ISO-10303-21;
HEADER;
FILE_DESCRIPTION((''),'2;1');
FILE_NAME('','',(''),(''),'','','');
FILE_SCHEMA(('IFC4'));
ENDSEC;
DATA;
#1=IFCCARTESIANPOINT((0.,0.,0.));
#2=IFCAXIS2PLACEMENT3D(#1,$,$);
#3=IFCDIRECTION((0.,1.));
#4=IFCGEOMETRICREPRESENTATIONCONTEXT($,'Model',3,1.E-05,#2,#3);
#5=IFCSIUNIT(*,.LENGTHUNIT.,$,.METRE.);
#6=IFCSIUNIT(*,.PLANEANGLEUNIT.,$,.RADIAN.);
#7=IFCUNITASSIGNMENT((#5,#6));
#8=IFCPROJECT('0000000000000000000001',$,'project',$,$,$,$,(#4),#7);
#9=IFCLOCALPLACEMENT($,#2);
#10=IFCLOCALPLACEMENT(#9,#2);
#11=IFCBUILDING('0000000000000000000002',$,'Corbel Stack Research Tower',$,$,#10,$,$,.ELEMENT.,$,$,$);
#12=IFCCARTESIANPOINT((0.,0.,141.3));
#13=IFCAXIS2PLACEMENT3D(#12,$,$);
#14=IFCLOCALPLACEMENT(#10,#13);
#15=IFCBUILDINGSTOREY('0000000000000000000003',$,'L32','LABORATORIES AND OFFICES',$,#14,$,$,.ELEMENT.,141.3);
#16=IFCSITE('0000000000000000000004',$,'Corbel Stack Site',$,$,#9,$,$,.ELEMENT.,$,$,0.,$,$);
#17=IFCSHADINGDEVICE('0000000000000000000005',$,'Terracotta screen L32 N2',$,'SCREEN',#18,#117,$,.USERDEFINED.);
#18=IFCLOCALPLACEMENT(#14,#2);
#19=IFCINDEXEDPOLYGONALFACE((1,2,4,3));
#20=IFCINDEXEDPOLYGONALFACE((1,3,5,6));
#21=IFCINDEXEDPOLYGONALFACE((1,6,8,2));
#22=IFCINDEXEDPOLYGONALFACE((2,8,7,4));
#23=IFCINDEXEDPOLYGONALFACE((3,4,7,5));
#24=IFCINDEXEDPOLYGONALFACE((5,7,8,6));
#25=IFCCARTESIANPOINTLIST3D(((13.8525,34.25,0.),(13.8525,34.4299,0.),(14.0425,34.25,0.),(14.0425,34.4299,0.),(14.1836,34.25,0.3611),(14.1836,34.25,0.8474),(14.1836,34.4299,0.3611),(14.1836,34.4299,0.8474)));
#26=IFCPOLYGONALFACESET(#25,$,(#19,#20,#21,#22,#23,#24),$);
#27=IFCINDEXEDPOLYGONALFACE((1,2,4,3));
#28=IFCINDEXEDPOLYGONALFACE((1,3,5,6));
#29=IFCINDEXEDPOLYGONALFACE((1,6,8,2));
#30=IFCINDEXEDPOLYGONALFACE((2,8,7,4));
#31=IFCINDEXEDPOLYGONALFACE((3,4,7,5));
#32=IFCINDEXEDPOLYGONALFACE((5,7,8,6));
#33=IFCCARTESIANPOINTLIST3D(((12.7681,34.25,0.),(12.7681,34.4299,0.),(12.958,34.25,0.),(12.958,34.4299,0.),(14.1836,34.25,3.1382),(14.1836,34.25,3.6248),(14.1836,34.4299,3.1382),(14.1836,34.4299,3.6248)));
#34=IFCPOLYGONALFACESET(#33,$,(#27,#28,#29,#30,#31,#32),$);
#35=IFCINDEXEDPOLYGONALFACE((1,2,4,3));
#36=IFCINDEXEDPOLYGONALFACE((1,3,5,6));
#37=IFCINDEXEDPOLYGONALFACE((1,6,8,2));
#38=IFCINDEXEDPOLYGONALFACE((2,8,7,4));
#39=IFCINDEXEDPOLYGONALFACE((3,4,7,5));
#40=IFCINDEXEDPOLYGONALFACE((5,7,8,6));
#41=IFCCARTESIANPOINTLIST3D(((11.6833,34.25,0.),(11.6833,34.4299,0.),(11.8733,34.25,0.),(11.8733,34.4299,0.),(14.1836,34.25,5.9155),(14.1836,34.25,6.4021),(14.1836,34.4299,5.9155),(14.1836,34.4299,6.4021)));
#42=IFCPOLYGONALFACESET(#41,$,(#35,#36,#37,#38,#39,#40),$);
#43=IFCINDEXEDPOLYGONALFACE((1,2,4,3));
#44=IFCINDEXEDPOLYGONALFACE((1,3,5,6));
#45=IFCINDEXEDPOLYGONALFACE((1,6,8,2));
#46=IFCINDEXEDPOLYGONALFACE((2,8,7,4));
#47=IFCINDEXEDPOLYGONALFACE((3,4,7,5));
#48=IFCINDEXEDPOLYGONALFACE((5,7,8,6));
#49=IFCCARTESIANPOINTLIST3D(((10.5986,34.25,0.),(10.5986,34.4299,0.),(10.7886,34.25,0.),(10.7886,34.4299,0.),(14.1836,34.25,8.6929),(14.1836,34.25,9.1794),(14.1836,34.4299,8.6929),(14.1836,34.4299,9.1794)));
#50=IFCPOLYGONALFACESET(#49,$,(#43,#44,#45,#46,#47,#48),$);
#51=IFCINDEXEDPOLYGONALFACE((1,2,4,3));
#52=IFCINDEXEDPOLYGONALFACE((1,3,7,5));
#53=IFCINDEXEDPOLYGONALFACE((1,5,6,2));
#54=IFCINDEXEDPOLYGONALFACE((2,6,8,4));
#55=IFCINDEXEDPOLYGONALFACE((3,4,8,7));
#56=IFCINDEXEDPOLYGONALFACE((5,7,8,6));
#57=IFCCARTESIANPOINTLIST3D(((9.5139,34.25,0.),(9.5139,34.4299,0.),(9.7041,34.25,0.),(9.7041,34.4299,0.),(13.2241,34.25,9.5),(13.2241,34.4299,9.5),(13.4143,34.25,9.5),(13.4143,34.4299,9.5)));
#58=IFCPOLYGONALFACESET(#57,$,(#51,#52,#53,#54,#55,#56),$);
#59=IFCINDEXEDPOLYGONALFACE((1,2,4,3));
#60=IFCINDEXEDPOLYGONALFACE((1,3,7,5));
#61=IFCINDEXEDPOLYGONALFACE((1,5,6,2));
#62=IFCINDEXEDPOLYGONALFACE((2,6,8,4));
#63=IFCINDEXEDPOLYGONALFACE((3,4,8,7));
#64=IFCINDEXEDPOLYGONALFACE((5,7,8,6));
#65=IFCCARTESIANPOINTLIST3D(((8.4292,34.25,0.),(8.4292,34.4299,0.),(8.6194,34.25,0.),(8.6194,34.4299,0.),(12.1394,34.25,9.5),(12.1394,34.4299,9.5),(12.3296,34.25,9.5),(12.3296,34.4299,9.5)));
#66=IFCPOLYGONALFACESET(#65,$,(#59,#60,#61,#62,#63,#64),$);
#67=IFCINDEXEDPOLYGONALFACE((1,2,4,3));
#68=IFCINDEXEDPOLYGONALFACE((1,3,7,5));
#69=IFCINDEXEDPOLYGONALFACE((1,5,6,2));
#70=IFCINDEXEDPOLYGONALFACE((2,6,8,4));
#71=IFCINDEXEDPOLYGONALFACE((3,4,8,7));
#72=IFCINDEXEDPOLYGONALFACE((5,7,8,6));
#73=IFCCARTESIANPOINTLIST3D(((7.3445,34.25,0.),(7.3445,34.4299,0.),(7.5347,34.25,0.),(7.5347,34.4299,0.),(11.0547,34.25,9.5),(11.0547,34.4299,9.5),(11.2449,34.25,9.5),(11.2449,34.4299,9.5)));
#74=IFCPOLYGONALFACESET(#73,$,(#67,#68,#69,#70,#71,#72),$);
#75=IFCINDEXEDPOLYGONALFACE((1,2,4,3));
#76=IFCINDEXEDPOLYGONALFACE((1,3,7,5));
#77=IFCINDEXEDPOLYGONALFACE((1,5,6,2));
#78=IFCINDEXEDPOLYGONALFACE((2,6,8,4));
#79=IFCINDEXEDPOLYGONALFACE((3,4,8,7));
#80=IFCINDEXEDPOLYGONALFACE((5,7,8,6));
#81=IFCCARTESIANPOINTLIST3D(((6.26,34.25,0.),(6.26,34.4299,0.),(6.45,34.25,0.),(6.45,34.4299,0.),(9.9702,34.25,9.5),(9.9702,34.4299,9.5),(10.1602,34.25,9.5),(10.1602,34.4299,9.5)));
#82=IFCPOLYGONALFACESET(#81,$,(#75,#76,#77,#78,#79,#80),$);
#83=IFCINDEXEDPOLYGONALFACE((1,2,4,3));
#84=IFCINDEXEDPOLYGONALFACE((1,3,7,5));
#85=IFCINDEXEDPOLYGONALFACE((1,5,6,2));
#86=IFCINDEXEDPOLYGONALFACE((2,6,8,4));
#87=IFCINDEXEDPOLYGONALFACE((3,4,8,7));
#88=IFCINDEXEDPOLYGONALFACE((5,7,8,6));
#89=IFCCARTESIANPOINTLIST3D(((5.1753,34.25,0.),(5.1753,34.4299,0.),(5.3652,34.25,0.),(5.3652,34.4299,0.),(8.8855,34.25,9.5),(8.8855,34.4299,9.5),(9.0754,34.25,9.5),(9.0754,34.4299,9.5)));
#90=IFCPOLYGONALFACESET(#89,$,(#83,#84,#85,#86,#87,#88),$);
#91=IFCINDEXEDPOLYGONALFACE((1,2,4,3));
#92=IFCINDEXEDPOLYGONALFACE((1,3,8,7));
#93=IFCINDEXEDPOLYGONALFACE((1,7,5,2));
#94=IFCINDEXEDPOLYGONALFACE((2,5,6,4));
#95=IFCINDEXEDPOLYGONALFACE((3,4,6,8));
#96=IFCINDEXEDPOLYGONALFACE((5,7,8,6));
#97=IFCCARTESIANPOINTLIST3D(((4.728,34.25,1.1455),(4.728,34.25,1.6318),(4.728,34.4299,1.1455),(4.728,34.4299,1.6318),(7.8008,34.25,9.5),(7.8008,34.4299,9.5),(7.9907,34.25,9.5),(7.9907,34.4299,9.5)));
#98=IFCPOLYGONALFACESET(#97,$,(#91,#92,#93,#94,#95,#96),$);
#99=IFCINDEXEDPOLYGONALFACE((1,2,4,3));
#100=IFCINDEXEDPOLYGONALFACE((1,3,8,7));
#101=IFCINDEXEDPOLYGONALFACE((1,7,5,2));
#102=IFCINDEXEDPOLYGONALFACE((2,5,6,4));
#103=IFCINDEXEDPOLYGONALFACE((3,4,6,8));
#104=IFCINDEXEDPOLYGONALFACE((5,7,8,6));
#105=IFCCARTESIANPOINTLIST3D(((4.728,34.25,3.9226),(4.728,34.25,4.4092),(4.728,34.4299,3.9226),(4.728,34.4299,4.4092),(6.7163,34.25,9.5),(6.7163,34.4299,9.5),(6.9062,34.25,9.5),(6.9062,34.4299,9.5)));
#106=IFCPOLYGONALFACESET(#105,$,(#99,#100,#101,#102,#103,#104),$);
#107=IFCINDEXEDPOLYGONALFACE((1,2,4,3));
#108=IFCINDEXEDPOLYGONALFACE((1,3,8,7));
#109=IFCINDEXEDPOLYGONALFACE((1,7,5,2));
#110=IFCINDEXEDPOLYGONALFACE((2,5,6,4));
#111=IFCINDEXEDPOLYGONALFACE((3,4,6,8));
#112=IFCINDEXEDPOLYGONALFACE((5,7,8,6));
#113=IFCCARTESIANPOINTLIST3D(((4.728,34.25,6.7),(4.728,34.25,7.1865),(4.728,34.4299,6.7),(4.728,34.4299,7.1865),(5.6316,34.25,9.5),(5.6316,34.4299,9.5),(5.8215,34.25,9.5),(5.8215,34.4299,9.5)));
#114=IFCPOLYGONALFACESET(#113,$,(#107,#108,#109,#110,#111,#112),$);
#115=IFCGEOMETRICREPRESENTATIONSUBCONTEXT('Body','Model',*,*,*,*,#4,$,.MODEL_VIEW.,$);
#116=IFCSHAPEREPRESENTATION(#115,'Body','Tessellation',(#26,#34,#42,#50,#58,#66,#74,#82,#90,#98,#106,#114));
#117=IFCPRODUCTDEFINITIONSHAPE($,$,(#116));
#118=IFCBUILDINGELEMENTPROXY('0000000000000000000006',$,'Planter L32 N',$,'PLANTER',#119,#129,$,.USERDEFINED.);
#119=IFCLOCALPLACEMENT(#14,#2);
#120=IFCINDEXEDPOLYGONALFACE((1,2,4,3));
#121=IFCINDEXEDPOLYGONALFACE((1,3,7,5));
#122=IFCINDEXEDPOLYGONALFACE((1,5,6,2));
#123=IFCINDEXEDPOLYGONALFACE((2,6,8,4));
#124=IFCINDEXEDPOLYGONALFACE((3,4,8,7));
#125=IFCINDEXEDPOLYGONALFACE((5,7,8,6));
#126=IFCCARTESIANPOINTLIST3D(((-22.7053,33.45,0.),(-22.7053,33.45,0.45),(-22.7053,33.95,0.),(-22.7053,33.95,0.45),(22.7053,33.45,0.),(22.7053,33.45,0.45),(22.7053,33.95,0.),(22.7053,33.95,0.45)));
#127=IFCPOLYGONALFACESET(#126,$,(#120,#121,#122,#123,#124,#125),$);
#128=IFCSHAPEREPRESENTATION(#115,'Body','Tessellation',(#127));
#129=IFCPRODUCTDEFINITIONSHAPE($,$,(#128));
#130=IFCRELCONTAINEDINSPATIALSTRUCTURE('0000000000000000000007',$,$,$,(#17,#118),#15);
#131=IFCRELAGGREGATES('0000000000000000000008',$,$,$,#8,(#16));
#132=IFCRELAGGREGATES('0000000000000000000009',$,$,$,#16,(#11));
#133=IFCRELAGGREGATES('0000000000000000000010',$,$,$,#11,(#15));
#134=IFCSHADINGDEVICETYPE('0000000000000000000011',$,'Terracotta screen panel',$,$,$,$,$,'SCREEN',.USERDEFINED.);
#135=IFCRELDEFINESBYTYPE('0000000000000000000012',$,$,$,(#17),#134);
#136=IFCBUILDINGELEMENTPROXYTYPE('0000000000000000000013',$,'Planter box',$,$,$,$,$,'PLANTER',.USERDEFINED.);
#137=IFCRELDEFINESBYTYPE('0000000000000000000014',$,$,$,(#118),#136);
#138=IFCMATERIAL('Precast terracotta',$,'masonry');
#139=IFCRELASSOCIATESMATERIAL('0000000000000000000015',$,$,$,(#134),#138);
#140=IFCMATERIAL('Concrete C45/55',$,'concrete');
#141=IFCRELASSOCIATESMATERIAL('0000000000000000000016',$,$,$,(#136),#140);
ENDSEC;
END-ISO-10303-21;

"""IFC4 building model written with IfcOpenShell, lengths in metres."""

from ifc_helpers import new_model, si_unit, direction, frame, origin, origin_2d, place, context, subcontext, project, spatial, polyline, rectangle, outline, extrude, source, transform, mapped, material, type_object, element, save


model = new_model("IFC4")

# Units and contexts
model_context = context("Model", 3, precision=1e-05, world=origin(), true_north=direction((0.0, 1.0)))
body_context = subcontext(model_context, "Body", "Model", "MODEL_VIEW")
ifc_project = project(units=[si_unit("LENGTHUNIT", "METRE"), si_unit("PLANEANGLEUNIT", "RADIAN")], contexts=[model_context])

# Site, building, storey
site_placement = place(None, origin())
site = spatial("IfcSite", under=ifc_project, at=site_placement, Name="Corbel Stack Site", CompositionType="ELEMENT", RefElevation=0.0)
building_placement = place(site_placement, origin())
building = spatial("IfcBuilding", under=site, at=building_placement, Name="Corbel Stack Research Tower", CompositionType="ELEMENT")
storey_placement = place(building_placement, frame((0.0, 0.0, 141.3)))
storey = spatial("IfcBuildingStorey", under=building, at=storey_placement, Name="L32", Description="LABORATORIES AND OFFICES", CompositionType="ELEMENT", Elevation=141.3)

# Shading device
ifc_material_1 = material(Name="Precast terracotta", Category="masonry")
shading_device_type = type_object("IfcShadingDeviceType", Name="Terracotta screen panel", ElementType="SCREEN", PredefinedType="USERDEFINED", material=ifc_material_1)
shared_shape_1 = source(origin(), body_context, "Body", "SweptSolid", [
    extrude(outline(polyline([(0.3311, 0.0), (0.0, 0.8474), (0.0, 0.3611), (0.1411, 0.0), (0.3311, 0.0)])), frame((0.0, 0.0, 0.0), z_axis=(0.0, -1.0, 0.0), x_axis=(1.0, 0.0, 0.0)), (0.0, 0.0, 1.0), 0.1799),
    extrude(outline(polyline([(1.4155, 0.0), (0.0, 3.6248), (0.0, 3.1382), (1.2256, 0.0), (1.4155, 0.0)])), frame((0.0, 0.0, 0.0), z_axis=(0.0, -1.0, 0.0), x_axis=(1.0, 0.0, 0.0)), (0.0, 0.0, 1.0), 0.1799),
    extrude(outline(polyline([(2.5002, 0.0), (0.0, 6.4021), (0.0, 5.9155), (2.3103, 0.0), (2.5002, 0.0)])), frame((0.0, 0.0, 0.0), z_axis=(0.0, -1.0, 0.0), x_axis=(1.0, 0.0, 0.0)), (0.0, 0.0, 1.0), 0.1799),
    extrude(outline(polyline([(3.585, 0.0), (0.0, 9.1794), (0.0, 8.6929), (3.395, 0.0), (3.585, 0.0)])), frame((0.0, 0.0, 0.0), z_axis=(0.0, -1.0, 0.0), x_axis=(1.0, 0.0, 0.0)), (0.0, 0.0, 1.0), 0.1799),
    extrude(outline(polyline([(4.6697, 0.0), (0.9595, 9.5), (0.7693, 9.5), (4.4795, 0.0), (4.6697, 0.0)])), frame((0.0, 0.0, 0.0), z_axis=(0.0, -1.0, 0.0), x_axis=(1.0, 0.0, 0.0)), (0.0, 0.0, 1.0), 0.1799),
    extrude(outline(polyline([(5.7544, 0.0), (2.0442, 9.5), (1.854, 9.5), (5.5642, 0.0), (5.7544, 0.0)])), frame((0.0, 0.0, 0.0), z_axis=(0.0, -1.0, 0.0), x_axis=(1.0, 0.0, 0.0)), (0.0, 0.0, 1.0), 0.1799),
    extrude(outline(polyline([(6.8391, 0.0), (3.1289, 9.5), (2.9387, 9.5), (6.6489, 0.0), (6.8391, 0.0)])), frame((0.0, 0.0, 0.0), z_axis=(0.0, -1.0, 0.0), x_axis=(1.0, 0.0, 0.0)), (0.0, 0.0, 1.0), 0.1799),
    extrude(outline(polyline([(7.9236, 0.0), (4.2134, 9.5), (4.0234, 9.5), (7.7336, 0.0), (7.9236, 0.0)])), frame((0.0, 0.0, 0.0), z_axis=(0.0, -1.0, 0.0), x_axis=(1.0, 0.0, 0.0)), (0.0, 0.0, 1.0), 0.1799),
    extrude(outline(polyline([(9.0083, 0.0), (5.2981, 9.5), (5.1082, 9.5), (8.8184, 0.0), (9.0083, 0.0)])), frame((0.0, 0.0, 0.0), z_axis=(0.0, -1.0, 0.0), x_axis=(1.0, 0.0, 0.0)), (0.0, 0.0, 1.0), 0.1799),
    extrude(outline(polyline([(6.3828, 9.5), (6.1929, 9.5), (9.4556, 1.1455), (9.4556, 1.6318), (6.3828, 9.5)])), frame((0.0, 0.0, 0.0), z_axis=(0.0, -1.0, 0.0), x_axis=(1.0, 0.0, 0.0)), (0.0, 0.0, 1.0), 0.1799),
    extrude(outline(polyline([(7.4673, 9.5), (7.2773, 9.5), (9.4556, 3.9226), (9.4556, 4.4092), (7.4673, 9.5)])), frame((0.0, 0.0, 0.0), z_axis=(0.0, -1.0, 0.0), x_axis=(1.0, 0.0, 0.0)), (0.0, 0.0, 1.0), 0.1799),
    extrude(outline(polyline([(8.552, 9.5), (8.3621, 9.5), (9.4556, 6.7), (9.4556, 7.1865), (8.552, 9.5)])), frame((0.0, 0.0, 0.0), z_axis=(0.0, -1.0, 0.0), x_axis=(1.0, 0.0, 0.0)), (0.0, 0.0, 1.0), 0.1799),
])
shading_device_1_placement = place(storey_placement, frame((14.1836, 34.25, 0.0), z_axis=(0.0, 0.0, 1.0), x_axis=(-1.0, 0.0, 0.0)))
element("IfcShadingDevice", 1, at=shading_device_1_placement, inside=storey, type_object=shading_device_type, Name="Terracotta screen L32 N2", ObjectType="SCREEN", PredefinedType="USERDEFINED", context=body_context, shape_type="MappedRepresentation", body=[
    mapped(shared_shape_1, transform((0.0, 0.0, 0.0))),
])

# Building element proxy
ifc_material_2 = material(Name="Concrete C45/55", Category="concrete")
building_element_proxy_type = type_object("IfcBuildingElementProxyType", Name="Planter box", ElementType="PLANTER", PredefinedType="USERDEFINED", material=ifc_material_2)
proxy_placement = place(storey_placement, frame((0.0, 33.7, 0.0), z_axis=(0.0, 0.0, 1.0), x_axis=(-1.0, 0.0, 0.0)))
element("IfcBuildingElementProxy", 2, at=proxy_placement, inside=storey, type_object=building_element_proxy_type, Name="Planter L32 N", ObjectType="PLANTER", PredefinedType="USERDEFINED", context=body_context, shape_type="SweptSolid", body=[
    extrude(rectangle(XDim=45.4106, YDim=0.5, at=origin_2d()), origin(), (0.0, 0.0, 1.0), 0.45),
])

save(model, "model.ifc")
